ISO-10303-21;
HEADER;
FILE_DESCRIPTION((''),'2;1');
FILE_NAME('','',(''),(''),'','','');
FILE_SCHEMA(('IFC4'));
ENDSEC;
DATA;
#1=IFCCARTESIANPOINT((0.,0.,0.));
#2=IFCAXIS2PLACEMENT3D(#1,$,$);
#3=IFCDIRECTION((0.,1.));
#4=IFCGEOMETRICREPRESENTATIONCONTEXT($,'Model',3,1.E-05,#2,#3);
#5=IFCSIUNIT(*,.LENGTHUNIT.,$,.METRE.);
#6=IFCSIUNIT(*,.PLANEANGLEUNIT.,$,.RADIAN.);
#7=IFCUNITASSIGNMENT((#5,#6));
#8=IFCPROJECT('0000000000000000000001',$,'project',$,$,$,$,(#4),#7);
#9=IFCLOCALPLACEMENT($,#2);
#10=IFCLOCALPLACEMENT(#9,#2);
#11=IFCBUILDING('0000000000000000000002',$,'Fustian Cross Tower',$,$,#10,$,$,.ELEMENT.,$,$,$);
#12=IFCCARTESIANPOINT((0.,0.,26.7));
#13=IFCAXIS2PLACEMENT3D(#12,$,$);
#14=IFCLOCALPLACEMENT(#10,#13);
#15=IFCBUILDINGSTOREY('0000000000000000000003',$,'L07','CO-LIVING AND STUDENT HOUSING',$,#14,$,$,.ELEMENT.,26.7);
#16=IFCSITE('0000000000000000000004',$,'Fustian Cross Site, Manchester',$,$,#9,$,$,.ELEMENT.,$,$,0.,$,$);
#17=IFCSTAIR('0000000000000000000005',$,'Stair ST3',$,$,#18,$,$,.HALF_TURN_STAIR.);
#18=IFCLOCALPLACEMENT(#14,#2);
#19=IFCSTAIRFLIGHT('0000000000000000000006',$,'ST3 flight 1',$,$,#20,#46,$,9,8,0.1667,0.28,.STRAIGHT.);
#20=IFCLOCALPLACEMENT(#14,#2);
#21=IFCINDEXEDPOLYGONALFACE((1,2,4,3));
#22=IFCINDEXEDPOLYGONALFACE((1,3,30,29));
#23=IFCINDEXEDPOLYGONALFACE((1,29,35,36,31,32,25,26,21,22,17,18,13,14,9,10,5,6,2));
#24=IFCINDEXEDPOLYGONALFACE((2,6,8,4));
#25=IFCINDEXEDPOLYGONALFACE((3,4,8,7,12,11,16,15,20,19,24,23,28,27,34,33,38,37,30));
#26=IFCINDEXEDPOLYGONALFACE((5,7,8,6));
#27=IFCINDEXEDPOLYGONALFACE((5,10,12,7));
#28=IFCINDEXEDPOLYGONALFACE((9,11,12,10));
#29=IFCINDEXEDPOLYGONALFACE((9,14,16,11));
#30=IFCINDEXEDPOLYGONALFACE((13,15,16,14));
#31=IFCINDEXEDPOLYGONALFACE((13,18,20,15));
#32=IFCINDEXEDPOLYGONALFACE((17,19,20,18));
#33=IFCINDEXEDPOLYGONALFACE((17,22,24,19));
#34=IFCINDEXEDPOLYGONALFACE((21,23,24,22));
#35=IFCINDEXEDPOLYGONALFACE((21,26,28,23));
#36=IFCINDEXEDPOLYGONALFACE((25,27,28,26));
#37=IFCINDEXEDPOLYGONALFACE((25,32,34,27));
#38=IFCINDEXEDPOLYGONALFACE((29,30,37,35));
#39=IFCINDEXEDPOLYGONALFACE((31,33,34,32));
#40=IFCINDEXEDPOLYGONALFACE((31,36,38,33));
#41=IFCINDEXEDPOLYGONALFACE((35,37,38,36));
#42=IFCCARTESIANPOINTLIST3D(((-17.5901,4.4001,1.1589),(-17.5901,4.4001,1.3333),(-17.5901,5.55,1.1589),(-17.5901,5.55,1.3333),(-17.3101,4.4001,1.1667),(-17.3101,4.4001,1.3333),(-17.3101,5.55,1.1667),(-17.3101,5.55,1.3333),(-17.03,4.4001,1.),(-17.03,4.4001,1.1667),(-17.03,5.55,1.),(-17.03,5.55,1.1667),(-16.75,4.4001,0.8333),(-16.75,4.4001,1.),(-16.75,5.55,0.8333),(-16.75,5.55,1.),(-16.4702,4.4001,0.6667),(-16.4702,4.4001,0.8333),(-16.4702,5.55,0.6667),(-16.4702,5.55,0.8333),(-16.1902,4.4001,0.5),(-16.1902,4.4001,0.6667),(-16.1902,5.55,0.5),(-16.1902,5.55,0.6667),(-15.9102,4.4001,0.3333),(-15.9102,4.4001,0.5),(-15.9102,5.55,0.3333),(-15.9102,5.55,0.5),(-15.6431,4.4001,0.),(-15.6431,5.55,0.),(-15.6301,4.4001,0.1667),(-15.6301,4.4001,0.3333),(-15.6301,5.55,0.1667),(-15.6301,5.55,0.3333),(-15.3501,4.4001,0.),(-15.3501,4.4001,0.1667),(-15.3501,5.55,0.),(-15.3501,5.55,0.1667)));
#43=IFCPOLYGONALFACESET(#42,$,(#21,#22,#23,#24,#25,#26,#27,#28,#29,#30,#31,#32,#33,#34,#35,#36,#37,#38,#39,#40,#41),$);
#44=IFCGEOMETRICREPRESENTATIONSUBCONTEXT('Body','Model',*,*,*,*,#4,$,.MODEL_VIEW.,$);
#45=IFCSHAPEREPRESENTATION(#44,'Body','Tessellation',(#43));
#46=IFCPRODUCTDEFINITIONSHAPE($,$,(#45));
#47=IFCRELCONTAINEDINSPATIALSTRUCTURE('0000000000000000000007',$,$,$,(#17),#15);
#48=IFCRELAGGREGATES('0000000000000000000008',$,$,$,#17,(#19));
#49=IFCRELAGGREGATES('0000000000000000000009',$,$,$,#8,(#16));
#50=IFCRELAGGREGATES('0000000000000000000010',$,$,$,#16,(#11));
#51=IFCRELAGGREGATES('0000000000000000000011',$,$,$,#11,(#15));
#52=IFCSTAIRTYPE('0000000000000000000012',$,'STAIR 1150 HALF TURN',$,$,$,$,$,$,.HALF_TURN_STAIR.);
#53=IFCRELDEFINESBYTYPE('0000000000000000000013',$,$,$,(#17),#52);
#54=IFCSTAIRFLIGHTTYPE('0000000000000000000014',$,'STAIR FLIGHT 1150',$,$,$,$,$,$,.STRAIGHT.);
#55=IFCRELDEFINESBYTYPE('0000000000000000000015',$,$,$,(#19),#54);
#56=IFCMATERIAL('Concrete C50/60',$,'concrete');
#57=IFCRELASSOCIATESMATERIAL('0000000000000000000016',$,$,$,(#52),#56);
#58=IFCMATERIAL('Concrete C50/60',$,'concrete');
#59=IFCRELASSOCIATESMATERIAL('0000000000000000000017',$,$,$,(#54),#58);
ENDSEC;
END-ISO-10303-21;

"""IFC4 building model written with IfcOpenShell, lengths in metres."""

from ifc_helpers import new_model, si_unit, direction, frame, origin, place, context, subcontext, project, spatial, polyline, outline, extrude, material, type_object, element, aggregate, save


model = new_model("IFC4")

# Units and contexts
model_context = context("Model", 3, precision=1e-05, world=origin(), true_north=direction((0.0, 1.0)))
body_context = subcontext(model_context, "Body", "Model", "MODEL_VIEW")
ifc_project = project(units=[si_unit("LENGTHUNIT", "METRE"), si_unit("PLANEANGLEUNIT", "RADIAN")], contexts=[model_context])

# Site, building, storey
site_placement = place(None, origin())
site = spatial("IfcSite", under=ifc_project, at=site_placement, Name="Fustian Cross Site, Manchester", CompositionType="ELEMENT", RefElevation=0.0)
building_placement = place(site_placement, origin())
building = spatial("IfcBuilding", under=site, at=building_placement, Name="Fustian Cross Tower", CompositionType="ELEMENT")
storey_placement = place(building_placement, frame((0.0, 0.0, 26.7)))
storey = spatial("IfcBuildingStorey", under=building, at=storey_placement, Name="L07", Description="CO-LIVING AND STUDENT HOUSING", CompositionType="ELEMENT", Elevation=26.7)

# Stair, stair flight
ifc_material_1 = material(Name="Concrete C50/60", Category="concrete")
stair_type = type_object("IfcStairType", Name="STAIR 1150 HALF TURN", PredefinedType="HALF_TURN_STAIR", material=ifc_material_1)
stair_placement = place(storey_placement, origin())
stair = element("IfcStair", 1, at=stair_placement, inside=storey, type_object=stair_type, Name="Stair ST3", PredefinedType="HALF_TURN_STAIR")
ifc_material_2 = material(Name="Concrete C50/60", Category="concrete")
stair_flight_type = type_object("IfcStairFlightType", Name="STAIR FLIGHT 1150", PredefinedType="STRAIGHT", material=ifc_material_2)
stair_flight_placement = place(storey_placement, frame((-15.3501, 4.9751, 0.0), z_axis=(0.0, 0.0, 1.0), x_axis=(-1.0, 0.0, 0.0)))
stair_flight = element("IfcStairFlight", 2, at=stair_flight_placement, type_object=stair_flight_type, Name="ST3 flight 1", NumberOfRisers=9, NumberOfTreads=8, PredefinedType="STRAIGHT", RiserHeight=0.1667, TreadLength=0.28, context=body_context, shape_type="SweptSolid", body=[
    extrude(outline(polyline([(0.0, 0.0), (0.0, 0.1667), (0.28, 0.1667), (0.28, 0.3333), (0.5601, 0.3333), (0.5601, 0.5), (0.8401, 0.5), (0.8401, 0.6667), (1.1201, 0.6667), (1.1201, 0.8333), (1.3999, 0.8333), (1.3999, 1.0), (1.6799, 1.0), (1.6799, 1.1667), (1.96, 1.1667), (1.96, 1.3333), (2.24, 1.3333), (2.24, 1.5), (2.24, 1.1589), (0.293, 0.0), (0.0, 0.0)])), frame((0.0, 0.575, 0.0), z_axis=(0.0, -1.0, 0.0), x_axis=(1.0, 0.0, 0.0)), (0.0, 0.0, 1.0), 1.1499),
])
aggregate(stair, [stair_flight])

save(model, "model.ifc")
